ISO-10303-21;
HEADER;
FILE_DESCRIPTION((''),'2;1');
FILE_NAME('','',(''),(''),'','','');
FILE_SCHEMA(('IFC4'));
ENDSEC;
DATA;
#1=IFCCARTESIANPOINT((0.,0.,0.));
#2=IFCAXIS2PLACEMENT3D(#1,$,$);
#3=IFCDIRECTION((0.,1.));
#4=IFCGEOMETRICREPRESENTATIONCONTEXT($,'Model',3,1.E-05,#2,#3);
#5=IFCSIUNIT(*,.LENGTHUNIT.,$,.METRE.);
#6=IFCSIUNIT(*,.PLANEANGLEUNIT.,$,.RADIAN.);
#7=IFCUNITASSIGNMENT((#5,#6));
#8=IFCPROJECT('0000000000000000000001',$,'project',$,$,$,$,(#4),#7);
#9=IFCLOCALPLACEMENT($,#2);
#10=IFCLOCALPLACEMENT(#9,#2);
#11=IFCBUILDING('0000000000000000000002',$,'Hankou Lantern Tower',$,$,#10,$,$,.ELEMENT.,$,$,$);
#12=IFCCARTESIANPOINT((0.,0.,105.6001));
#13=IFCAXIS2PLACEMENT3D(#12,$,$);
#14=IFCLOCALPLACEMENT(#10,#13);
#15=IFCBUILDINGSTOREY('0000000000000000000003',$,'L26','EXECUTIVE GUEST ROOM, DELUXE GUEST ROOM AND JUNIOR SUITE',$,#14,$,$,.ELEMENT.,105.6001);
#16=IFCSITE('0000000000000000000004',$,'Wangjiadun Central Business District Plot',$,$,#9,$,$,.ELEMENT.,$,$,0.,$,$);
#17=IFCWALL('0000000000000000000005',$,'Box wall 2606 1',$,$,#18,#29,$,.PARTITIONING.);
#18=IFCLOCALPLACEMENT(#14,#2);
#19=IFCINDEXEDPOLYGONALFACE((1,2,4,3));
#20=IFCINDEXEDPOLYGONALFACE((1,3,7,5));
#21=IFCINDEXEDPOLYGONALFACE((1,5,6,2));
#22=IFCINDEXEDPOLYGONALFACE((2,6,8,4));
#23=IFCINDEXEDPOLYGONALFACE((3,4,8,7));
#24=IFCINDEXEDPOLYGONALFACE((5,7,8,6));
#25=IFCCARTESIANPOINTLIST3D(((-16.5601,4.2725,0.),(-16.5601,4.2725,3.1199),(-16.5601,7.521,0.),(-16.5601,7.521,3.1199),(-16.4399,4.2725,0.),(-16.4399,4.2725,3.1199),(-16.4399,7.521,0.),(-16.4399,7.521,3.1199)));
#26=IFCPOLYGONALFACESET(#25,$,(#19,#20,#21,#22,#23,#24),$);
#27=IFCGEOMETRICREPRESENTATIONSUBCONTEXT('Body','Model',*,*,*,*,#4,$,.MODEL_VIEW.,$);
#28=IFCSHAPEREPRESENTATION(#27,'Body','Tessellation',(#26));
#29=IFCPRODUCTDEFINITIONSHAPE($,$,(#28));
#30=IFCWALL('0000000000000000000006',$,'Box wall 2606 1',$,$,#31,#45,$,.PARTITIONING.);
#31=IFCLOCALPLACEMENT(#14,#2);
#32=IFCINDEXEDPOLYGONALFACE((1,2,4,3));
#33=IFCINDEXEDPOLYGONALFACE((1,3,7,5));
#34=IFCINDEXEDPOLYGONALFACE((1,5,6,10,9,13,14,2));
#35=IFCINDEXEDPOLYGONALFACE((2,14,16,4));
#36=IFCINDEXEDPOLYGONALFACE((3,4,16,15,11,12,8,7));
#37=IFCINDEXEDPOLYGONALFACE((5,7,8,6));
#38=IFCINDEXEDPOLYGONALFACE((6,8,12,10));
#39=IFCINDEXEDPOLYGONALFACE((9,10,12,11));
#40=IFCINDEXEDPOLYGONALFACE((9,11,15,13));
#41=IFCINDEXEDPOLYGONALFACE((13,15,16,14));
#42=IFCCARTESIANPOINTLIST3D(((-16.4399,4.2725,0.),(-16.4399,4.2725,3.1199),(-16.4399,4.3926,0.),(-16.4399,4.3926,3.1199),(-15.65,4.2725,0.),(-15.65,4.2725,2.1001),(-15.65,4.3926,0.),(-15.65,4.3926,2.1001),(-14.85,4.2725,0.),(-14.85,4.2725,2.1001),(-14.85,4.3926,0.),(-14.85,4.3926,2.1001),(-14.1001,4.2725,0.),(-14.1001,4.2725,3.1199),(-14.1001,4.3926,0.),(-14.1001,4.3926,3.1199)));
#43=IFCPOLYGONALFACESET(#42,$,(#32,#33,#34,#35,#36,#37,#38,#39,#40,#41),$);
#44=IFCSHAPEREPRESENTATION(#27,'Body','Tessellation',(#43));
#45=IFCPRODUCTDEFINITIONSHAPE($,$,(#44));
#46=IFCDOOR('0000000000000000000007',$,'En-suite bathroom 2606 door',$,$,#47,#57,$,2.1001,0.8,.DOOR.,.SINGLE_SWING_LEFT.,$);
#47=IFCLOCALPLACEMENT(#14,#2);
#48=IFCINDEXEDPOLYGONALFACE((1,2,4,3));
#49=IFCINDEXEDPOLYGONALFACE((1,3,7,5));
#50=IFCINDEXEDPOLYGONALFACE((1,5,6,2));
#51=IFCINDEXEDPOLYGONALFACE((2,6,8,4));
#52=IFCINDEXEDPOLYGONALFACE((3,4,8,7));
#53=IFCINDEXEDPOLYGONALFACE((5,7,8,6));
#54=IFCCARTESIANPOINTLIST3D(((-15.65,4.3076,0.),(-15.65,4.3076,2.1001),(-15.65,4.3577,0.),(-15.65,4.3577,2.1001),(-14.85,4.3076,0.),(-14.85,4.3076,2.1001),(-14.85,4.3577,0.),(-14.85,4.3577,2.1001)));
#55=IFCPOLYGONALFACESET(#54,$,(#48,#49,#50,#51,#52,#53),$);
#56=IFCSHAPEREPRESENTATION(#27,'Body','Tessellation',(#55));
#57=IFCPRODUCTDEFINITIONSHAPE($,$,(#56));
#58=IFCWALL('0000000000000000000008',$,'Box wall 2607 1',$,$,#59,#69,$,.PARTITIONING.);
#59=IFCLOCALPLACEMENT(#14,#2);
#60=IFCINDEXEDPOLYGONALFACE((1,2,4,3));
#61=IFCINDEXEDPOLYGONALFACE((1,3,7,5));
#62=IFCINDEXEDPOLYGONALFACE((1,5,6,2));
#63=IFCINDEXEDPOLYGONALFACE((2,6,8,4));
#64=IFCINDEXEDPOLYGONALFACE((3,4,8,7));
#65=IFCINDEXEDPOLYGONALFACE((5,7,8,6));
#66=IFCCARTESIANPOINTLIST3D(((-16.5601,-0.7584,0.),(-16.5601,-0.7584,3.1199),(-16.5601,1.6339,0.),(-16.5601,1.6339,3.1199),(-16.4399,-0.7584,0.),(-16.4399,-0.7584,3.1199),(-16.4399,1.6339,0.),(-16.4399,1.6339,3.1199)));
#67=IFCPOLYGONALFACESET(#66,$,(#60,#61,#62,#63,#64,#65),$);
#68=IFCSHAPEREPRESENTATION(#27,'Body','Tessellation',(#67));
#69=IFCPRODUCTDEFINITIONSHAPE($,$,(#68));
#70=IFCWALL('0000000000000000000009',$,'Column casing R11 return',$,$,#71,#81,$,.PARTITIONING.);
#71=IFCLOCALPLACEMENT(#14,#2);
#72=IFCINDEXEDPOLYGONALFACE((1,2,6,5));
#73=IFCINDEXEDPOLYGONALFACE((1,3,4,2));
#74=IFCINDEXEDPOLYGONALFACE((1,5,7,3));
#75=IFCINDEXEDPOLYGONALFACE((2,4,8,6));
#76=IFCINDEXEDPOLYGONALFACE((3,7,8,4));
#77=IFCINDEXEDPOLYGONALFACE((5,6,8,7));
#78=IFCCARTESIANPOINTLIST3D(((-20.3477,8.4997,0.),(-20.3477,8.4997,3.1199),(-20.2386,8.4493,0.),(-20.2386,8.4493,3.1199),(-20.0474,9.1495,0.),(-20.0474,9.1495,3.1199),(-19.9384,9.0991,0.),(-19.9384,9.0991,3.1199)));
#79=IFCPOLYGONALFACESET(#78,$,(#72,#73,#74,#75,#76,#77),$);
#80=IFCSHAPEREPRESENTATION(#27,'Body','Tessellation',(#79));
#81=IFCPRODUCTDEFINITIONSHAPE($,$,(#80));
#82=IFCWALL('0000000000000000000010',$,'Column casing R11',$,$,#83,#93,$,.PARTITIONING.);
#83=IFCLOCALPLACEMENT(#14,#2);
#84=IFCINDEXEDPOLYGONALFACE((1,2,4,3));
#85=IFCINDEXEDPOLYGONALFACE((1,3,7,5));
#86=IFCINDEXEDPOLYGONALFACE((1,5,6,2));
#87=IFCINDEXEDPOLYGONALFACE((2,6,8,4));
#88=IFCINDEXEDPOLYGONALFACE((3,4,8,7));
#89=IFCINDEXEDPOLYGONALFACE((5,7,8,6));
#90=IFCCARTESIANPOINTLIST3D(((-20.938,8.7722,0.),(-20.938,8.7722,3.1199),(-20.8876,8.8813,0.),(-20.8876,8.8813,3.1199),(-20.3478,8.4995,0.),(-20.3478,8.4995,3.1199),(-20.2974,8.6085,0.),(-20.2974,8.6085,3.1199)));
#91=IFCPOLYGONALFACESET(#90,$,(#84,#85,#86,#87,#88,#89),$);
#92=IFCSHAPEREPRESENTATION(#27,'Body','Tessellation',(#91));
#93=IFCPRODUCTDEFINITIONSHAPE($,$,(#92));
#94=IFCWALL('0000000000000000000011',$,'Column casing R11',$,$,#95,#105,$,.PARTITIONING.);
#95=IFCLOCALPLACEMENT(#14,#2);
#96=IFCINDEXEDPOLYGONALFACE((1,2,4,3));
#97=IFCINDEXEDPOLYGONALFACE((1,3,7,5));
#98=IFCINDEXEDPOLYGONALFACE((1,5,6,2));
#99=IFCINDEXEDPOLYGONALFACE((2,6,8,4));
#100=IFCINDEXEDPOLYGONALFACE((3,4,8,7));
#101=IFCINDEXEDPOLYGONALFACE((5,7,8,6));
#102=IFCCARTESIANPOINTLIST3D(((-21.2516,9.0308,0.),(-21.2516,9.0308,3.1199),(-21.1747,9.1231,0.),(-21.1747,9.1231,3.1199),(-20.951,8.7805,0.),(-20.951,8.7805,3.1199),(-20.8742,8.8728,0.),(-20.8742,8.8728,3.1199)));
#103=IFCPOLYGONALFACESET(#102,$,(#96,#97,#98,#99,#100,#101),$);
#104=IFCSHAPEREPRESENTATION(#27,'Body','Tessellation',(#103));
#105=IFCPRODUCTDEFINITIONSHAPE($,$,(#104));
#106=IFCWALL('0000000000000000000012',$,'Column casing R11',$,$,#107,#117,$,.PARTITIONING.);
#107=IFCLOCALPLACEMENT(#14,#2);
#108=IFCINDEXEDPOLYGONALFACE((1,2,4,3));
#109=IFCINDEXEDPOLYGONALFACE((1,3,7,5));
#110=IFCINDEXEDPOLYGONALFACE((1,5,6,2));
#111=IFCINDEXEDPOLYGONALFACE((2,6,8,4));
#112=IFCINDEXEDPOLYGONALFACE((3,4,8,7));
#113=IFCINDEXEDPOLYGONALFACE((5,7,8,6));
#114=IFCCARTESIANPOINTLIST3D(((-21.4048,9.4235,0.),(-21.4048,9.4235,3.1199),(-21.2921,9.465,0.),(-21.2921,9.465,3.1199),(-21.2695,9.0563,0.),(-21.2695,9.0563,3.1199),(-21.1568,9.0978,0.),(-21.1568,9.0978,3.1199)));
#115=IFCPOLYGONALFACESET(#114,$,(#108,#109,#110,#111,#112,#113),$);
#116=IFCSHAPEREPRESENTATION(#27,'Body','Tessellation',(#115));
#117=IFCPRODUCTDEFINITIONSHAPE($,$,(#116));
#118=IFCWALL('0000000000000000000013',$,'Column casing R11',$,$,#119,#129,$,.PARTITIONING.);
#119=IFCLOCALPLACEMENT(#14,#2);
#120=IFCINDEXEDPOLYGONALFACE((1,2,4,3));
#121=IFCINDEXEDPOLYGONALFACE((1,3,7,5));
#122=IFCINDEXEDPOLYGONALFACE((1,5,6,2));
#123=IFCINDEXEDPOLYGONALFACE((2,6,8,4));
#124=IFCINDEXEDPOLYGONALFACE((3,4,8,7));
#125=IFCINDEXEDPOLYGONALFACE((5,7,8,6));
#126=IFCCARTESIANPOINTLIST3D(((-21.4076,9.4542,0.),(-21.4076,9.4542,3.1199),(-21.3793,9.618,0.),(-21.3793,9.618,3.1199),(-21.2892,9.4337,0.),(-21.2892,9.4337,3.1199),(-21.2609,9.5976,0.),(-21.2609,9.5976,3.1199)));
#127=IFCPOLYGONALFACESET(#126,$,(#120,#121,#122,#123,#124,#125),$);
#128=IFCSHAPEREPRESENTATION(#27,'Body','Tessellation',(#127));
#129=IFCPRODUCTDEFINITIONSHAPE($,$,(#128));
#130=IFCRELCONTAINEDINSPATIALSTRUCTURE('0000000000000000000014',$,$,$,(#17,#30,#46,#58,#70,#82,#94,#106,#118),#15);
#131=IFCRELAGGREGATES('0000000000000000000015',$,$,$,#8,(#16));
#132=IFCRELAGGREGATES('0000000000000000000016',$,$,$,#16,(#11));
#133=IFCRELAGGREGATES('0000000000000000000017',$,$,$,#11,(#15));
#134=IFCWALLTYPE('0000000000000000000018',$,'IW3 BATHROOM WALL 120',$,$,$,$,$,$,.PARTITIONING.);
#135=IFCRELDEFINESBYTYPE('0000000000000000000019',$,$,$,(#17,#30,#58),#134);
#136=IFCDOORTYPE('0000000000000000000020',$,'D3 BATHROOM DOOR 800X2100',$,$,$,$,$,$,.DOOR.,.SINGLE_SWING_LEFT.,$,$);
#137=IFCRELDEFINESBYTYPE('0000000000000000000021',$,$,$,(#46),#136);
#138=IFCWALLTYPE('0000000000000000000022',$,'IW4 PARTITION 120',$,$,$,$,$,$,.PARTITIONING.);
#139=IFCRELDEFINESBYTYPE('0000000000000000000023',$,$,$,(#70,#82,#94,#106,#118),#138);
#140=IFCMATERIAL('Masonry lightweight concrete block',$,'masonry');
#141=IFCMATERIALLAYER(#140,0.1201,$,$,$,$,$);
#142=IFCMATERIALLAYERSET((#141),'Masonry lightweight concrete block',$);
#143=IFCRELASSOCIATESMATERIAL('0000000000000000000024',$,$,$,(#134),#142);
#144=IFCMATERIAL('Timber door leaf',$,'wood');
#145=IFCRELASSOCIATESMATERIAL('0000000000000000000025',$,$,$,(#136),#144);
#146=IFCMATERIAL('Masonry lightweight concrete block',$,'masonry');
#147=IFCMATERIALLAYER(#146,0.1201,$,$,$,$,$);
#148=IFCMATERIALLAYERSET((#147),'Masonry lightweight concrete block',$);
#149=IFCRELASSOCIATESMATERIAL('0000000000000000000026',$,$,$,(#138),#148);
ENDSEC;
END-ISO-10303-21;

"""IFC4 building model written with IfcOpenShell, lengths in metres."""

from ifc_helpers import new_model, si_unit, direction, frame, frame_2d, origin, place, context, subcontext, project, spatial, rectangle, extrude, material, layer, layer_set, type_object, element, fill, save


model = new_model("IFC4")

# Units and contexts
model_context = context("Model", 3, precision=1e-05, world=origin(), true_north=direction((0.0, 1.0)))
body_context = subcontext(model_context, "Body", "Model", "MODEL_VIEW")
ifc_project = project(units=[si_unit("LENGTHUNIT", "METRE"), si_unit("PLANEANGLEUNIT", "RADIAN")], contexts=[model_context])

# Site, building, storey
site_placement = place(None, origin())
site = spatial("IfcSite", under=ifc_project, at=site_placement, Name="Wangjiadun Central Business District Plot", CompositionType="ELEMENT", RefElevation=0.0)
building_placement = place(site_placement, origin())
building = spatial("IfcBuilding", under=site, at=building_placement, Name="Hankou Lantern Tower", CompositionType="ELEMENT")
storey_placement = place(building_placement, frame((0.0, 0.0, 105.6001)))
storey = spatial("IfcBuildingStorey", under=building, at=storey_placement, Name="L26", Description="EXECUTIVE GUEST ROOM, DELUXE GUEST ROOM AND JUNIOR SUITE", CompositionType="ELEMENT", Elevation=105.6001)

# Wall
ifc_material_1 = material(Name="Masonry lightweight concrete block", Category="masonry")
ifc_layer_1 = layer(ifc_material_1, 0.1201)
ifc_layer_set_1 = layer_set([ifc_layer_1], Name="Masonry lightweight concrete block")
wall_type_1 = type_object("IfcWallType", Name="IW3 BATHROOM WALL 120", PredefinedType="PARTITIONING", material=ifc_layer_set_1)
wall_1_placement = place(storey_placement, frame((-16.5, 7.521, 0.0), z_axis=(0.0, 0.0, 1.0), x_axis=(0.0, -1.0, 0.0)))
element("IfcWall", 1, at=wall_1_placement, inside=storey, type_object=wall_type_1, Name="Box wall 2606 1", PredefinedType="PARTITIONING", context=body_context, shape_type="SweptSolid", body=[
    extrude(rectangle(XDim=3.2485, YDim=0.1201, at=frame_2d((1.6243, 0.0))), origin(), (0.0, 0.0, 1.0), 3.1199),
])

# Wall, opening, door
wall_2_placement = place(storey_placement, frame((-14.1001, 4.3325, 0.0), z_axis=(0.0, 0.0, 1.0), x_axis=(-1.0, 0.0, 0.0)))
wall_2 = element("IfcWall", 2, at=wall_2_placement, inside=storey, type_object=wall_type_1, Name="Box wall 2606 1", PredefinedType="PARTITIONING", context=body_context, shape_type="SweptSolid", body=[
    extrude(rectangle(XDim=2.3398, YDim=0.1201, at=frame_2d((1.1699, 0.0))), origin(), (0.0, 0.0, 1.0), 3.1199),
])
opening_1_placement = place(wall_2_placement, frame((0.75, 0.0, 0.0)))
opening_1 = element("IfcOpeningElement", 3, at=opening_1_placement, cuts=wall_2, PredefinedType="OPENING", context=body_context, shape_type="SweptSolid", body=[
    extrude(rectangle(XDim=0.8, YDim=2.1001, at=frame_2d((0.3999, 1.05))), frame((0.0, 0.0701, 0.0), z_axis=(0.0, -1.0, 0.0), x_axis=(1.0, 0.0, 0.0)), (0.0, 0.0, 1.0), 0.1401),
])
ifc_material_2 = material(Name="Timber door leaf", Category="wood")
door_type_1 = type_object("IfcDoorType", Name="D3 BATHROOM DOOR 800X2100", OperationType="SINGLE_SWING_LEFT", PredefinedType="DOOR", material=ifc_material_2)
door_1_placement = place(opening_1_placement, origin())
door_1 = element("IfcDoor", 4, at=door_1_placement, inside=storey, type_object=door_type_1, Name="En-suite bathroom 2606 door", OperationType="SINGLE_SWING_LEFT", OverallHeight=2.1001, OverallWidth=0.8, PredefinedType="DOOR", context=body_context, shape_type="SweptSolid", body=[
    extrude(rectangle(XDim=0.8, YDim=2.1001, at=frame_2d((0.3999, 1.05))), frame((0.0, 0.0249, 0.0), z_axis=(0.0, -1.0, 0.0), x_axis=(1.0, 0.0, 0.0)), (0.0, 0.0, 1.0), 0.05),
])
fill(opening_1, door_1)

# Walls
wall_3_placement = place(storey_placement, frame((-16.5, 1.634, 0.0), z_axis=(0.0, 0.0, 1.0), x_axis=(0.0, -1.0, 0.0)))
element("IfcWall", 5, at=wall_3_placement, inside=storey, type_object=wall_type_1, Name="Box wall 2607 1", PredefinedType="PARTITIONING", context=body_context, shape_type="SweptSolid", body=[
    extrude(rectangle(XDim=2.3923, YDim=0.1201, at=frame_2d((1.1963, 0.0))), origin(), (0.0, 0.0, 1.0), 3.1199),
])
ifc_material_3 = material(Name="Masonry lightweight concrete block", Category="masonry")
ifc_layer_2 = layer(ifc_material_3, 0.1201)
ifc_layer_set_2 = layer_set([ifc_layer_2], Name="Masonry lightweight concrete block")
wall_type_2 = type_object("IfcWallType", Name="IW4 PARTITION 120", PredefinedType="PARTITIONING", material=ifc_layer_set_2)
wall_4_placement = place(storey_placement, frame((-19.9929, 9.1243, 0.0), z_axis=(0.0, 0.0, 1.0), x_axis=(-0.419447, -0.90778, 0.0)))
element("IfcWall", 6, at=wall_4_placement, inside=storey, type_object=wall_type_2, Name="Column casing R11 return", PredefinedType="PARTITIONING", context=body_context, shape_type="SweptSolid", body=[
    extrude(rectangle(XDim=0.7158, YDim=0.1201, at=frame_2d((0.3579, 0.0))), origin(), (0.0, 0.0, 1.0), 3.1199),
])
wall_5_placement = place(storey_placement, frame((-20.3225, 8.554, 0.0), z_axis=(0.0, 0.0, 1.0), x_axis=(-0.90775, 0.419511, 0.0)))
element("IfcWall", 7, at=wall_5_placement, inside=storey, type_object=wall_type_2, Name="Column casing R11", PredefinedType="PARTITIONING", context=body_context, shape_type="SweptSolid", body=[
    extrude(rectangle(XDim=0.6501, YDim=0.1201, at=frame_2d((0.3252, 0.0))), origin(), (0.0, 0.0, 1.0), 3.1199),
])
wall_6_placement = place(storey_placement, frame((-20.9126, 8.8267, 0.0), z_axis=(0.0, 0.0, 1.0), x_axis=(-0.768477, 0.639877, 0.0)))
element("IfcWall", 8, at=wall_6_placement, inside=storey, type_object=wall_type_2, Name="Column casing R11", PredefinedType="PARTITIONING", context=body_context, shape_type="SweptSolid", body=[
    extrude(rectangle(XDim=0.3911, YDim=0.1201, at=frame_2d((0.1956, 0.0))), origin(), (0.0, 0.0, 1.0), 3.1199),
])
wall_7_placement = place(storey_placement, frame((-21.2131, 9.0769, 0.0), z_axis=(0.0, 0.0, 1.0), x_axis=(-0.345648, 0.938364, 0.0)))
element("IfcWall", 9, at=wall_7_placement, inside=storey, type_object=wall_type_2, Name="Column casing R11", PredefinedType="PARTITIONING", context=body_context, shape_type="SweptSolid", body=[
    extrude(rectangle(XDim=0.3914, YDim=0.1201, at=frame_2d((0.1958, 0.0))), origin(), (0.0, 0.0, 1.0), 3.1199),
])
wall_8_placement = place(storey_placement, frame((-21.3484, 9.4441, 0.0), z_axis=(0.0, 0.0, 1.0), x_axis=(0.170349, 0.985384, 0.0)))
element("IfcWall", 10, at=wall_8_placement, inside=storey, type_object=wall_type_2, Name="Column casing R11", PredefinedType="PARTITIONING", context=body_context, shape_type="SweptSolid", body=[
    extrude(rectangle(XDim=0.1663, YDim=0.1201, at=frame_2d((0.083, 0.0))), origin(), (0.0, 0.0, 1.0), 3.1199),
])

save(model, "model.ifc")
